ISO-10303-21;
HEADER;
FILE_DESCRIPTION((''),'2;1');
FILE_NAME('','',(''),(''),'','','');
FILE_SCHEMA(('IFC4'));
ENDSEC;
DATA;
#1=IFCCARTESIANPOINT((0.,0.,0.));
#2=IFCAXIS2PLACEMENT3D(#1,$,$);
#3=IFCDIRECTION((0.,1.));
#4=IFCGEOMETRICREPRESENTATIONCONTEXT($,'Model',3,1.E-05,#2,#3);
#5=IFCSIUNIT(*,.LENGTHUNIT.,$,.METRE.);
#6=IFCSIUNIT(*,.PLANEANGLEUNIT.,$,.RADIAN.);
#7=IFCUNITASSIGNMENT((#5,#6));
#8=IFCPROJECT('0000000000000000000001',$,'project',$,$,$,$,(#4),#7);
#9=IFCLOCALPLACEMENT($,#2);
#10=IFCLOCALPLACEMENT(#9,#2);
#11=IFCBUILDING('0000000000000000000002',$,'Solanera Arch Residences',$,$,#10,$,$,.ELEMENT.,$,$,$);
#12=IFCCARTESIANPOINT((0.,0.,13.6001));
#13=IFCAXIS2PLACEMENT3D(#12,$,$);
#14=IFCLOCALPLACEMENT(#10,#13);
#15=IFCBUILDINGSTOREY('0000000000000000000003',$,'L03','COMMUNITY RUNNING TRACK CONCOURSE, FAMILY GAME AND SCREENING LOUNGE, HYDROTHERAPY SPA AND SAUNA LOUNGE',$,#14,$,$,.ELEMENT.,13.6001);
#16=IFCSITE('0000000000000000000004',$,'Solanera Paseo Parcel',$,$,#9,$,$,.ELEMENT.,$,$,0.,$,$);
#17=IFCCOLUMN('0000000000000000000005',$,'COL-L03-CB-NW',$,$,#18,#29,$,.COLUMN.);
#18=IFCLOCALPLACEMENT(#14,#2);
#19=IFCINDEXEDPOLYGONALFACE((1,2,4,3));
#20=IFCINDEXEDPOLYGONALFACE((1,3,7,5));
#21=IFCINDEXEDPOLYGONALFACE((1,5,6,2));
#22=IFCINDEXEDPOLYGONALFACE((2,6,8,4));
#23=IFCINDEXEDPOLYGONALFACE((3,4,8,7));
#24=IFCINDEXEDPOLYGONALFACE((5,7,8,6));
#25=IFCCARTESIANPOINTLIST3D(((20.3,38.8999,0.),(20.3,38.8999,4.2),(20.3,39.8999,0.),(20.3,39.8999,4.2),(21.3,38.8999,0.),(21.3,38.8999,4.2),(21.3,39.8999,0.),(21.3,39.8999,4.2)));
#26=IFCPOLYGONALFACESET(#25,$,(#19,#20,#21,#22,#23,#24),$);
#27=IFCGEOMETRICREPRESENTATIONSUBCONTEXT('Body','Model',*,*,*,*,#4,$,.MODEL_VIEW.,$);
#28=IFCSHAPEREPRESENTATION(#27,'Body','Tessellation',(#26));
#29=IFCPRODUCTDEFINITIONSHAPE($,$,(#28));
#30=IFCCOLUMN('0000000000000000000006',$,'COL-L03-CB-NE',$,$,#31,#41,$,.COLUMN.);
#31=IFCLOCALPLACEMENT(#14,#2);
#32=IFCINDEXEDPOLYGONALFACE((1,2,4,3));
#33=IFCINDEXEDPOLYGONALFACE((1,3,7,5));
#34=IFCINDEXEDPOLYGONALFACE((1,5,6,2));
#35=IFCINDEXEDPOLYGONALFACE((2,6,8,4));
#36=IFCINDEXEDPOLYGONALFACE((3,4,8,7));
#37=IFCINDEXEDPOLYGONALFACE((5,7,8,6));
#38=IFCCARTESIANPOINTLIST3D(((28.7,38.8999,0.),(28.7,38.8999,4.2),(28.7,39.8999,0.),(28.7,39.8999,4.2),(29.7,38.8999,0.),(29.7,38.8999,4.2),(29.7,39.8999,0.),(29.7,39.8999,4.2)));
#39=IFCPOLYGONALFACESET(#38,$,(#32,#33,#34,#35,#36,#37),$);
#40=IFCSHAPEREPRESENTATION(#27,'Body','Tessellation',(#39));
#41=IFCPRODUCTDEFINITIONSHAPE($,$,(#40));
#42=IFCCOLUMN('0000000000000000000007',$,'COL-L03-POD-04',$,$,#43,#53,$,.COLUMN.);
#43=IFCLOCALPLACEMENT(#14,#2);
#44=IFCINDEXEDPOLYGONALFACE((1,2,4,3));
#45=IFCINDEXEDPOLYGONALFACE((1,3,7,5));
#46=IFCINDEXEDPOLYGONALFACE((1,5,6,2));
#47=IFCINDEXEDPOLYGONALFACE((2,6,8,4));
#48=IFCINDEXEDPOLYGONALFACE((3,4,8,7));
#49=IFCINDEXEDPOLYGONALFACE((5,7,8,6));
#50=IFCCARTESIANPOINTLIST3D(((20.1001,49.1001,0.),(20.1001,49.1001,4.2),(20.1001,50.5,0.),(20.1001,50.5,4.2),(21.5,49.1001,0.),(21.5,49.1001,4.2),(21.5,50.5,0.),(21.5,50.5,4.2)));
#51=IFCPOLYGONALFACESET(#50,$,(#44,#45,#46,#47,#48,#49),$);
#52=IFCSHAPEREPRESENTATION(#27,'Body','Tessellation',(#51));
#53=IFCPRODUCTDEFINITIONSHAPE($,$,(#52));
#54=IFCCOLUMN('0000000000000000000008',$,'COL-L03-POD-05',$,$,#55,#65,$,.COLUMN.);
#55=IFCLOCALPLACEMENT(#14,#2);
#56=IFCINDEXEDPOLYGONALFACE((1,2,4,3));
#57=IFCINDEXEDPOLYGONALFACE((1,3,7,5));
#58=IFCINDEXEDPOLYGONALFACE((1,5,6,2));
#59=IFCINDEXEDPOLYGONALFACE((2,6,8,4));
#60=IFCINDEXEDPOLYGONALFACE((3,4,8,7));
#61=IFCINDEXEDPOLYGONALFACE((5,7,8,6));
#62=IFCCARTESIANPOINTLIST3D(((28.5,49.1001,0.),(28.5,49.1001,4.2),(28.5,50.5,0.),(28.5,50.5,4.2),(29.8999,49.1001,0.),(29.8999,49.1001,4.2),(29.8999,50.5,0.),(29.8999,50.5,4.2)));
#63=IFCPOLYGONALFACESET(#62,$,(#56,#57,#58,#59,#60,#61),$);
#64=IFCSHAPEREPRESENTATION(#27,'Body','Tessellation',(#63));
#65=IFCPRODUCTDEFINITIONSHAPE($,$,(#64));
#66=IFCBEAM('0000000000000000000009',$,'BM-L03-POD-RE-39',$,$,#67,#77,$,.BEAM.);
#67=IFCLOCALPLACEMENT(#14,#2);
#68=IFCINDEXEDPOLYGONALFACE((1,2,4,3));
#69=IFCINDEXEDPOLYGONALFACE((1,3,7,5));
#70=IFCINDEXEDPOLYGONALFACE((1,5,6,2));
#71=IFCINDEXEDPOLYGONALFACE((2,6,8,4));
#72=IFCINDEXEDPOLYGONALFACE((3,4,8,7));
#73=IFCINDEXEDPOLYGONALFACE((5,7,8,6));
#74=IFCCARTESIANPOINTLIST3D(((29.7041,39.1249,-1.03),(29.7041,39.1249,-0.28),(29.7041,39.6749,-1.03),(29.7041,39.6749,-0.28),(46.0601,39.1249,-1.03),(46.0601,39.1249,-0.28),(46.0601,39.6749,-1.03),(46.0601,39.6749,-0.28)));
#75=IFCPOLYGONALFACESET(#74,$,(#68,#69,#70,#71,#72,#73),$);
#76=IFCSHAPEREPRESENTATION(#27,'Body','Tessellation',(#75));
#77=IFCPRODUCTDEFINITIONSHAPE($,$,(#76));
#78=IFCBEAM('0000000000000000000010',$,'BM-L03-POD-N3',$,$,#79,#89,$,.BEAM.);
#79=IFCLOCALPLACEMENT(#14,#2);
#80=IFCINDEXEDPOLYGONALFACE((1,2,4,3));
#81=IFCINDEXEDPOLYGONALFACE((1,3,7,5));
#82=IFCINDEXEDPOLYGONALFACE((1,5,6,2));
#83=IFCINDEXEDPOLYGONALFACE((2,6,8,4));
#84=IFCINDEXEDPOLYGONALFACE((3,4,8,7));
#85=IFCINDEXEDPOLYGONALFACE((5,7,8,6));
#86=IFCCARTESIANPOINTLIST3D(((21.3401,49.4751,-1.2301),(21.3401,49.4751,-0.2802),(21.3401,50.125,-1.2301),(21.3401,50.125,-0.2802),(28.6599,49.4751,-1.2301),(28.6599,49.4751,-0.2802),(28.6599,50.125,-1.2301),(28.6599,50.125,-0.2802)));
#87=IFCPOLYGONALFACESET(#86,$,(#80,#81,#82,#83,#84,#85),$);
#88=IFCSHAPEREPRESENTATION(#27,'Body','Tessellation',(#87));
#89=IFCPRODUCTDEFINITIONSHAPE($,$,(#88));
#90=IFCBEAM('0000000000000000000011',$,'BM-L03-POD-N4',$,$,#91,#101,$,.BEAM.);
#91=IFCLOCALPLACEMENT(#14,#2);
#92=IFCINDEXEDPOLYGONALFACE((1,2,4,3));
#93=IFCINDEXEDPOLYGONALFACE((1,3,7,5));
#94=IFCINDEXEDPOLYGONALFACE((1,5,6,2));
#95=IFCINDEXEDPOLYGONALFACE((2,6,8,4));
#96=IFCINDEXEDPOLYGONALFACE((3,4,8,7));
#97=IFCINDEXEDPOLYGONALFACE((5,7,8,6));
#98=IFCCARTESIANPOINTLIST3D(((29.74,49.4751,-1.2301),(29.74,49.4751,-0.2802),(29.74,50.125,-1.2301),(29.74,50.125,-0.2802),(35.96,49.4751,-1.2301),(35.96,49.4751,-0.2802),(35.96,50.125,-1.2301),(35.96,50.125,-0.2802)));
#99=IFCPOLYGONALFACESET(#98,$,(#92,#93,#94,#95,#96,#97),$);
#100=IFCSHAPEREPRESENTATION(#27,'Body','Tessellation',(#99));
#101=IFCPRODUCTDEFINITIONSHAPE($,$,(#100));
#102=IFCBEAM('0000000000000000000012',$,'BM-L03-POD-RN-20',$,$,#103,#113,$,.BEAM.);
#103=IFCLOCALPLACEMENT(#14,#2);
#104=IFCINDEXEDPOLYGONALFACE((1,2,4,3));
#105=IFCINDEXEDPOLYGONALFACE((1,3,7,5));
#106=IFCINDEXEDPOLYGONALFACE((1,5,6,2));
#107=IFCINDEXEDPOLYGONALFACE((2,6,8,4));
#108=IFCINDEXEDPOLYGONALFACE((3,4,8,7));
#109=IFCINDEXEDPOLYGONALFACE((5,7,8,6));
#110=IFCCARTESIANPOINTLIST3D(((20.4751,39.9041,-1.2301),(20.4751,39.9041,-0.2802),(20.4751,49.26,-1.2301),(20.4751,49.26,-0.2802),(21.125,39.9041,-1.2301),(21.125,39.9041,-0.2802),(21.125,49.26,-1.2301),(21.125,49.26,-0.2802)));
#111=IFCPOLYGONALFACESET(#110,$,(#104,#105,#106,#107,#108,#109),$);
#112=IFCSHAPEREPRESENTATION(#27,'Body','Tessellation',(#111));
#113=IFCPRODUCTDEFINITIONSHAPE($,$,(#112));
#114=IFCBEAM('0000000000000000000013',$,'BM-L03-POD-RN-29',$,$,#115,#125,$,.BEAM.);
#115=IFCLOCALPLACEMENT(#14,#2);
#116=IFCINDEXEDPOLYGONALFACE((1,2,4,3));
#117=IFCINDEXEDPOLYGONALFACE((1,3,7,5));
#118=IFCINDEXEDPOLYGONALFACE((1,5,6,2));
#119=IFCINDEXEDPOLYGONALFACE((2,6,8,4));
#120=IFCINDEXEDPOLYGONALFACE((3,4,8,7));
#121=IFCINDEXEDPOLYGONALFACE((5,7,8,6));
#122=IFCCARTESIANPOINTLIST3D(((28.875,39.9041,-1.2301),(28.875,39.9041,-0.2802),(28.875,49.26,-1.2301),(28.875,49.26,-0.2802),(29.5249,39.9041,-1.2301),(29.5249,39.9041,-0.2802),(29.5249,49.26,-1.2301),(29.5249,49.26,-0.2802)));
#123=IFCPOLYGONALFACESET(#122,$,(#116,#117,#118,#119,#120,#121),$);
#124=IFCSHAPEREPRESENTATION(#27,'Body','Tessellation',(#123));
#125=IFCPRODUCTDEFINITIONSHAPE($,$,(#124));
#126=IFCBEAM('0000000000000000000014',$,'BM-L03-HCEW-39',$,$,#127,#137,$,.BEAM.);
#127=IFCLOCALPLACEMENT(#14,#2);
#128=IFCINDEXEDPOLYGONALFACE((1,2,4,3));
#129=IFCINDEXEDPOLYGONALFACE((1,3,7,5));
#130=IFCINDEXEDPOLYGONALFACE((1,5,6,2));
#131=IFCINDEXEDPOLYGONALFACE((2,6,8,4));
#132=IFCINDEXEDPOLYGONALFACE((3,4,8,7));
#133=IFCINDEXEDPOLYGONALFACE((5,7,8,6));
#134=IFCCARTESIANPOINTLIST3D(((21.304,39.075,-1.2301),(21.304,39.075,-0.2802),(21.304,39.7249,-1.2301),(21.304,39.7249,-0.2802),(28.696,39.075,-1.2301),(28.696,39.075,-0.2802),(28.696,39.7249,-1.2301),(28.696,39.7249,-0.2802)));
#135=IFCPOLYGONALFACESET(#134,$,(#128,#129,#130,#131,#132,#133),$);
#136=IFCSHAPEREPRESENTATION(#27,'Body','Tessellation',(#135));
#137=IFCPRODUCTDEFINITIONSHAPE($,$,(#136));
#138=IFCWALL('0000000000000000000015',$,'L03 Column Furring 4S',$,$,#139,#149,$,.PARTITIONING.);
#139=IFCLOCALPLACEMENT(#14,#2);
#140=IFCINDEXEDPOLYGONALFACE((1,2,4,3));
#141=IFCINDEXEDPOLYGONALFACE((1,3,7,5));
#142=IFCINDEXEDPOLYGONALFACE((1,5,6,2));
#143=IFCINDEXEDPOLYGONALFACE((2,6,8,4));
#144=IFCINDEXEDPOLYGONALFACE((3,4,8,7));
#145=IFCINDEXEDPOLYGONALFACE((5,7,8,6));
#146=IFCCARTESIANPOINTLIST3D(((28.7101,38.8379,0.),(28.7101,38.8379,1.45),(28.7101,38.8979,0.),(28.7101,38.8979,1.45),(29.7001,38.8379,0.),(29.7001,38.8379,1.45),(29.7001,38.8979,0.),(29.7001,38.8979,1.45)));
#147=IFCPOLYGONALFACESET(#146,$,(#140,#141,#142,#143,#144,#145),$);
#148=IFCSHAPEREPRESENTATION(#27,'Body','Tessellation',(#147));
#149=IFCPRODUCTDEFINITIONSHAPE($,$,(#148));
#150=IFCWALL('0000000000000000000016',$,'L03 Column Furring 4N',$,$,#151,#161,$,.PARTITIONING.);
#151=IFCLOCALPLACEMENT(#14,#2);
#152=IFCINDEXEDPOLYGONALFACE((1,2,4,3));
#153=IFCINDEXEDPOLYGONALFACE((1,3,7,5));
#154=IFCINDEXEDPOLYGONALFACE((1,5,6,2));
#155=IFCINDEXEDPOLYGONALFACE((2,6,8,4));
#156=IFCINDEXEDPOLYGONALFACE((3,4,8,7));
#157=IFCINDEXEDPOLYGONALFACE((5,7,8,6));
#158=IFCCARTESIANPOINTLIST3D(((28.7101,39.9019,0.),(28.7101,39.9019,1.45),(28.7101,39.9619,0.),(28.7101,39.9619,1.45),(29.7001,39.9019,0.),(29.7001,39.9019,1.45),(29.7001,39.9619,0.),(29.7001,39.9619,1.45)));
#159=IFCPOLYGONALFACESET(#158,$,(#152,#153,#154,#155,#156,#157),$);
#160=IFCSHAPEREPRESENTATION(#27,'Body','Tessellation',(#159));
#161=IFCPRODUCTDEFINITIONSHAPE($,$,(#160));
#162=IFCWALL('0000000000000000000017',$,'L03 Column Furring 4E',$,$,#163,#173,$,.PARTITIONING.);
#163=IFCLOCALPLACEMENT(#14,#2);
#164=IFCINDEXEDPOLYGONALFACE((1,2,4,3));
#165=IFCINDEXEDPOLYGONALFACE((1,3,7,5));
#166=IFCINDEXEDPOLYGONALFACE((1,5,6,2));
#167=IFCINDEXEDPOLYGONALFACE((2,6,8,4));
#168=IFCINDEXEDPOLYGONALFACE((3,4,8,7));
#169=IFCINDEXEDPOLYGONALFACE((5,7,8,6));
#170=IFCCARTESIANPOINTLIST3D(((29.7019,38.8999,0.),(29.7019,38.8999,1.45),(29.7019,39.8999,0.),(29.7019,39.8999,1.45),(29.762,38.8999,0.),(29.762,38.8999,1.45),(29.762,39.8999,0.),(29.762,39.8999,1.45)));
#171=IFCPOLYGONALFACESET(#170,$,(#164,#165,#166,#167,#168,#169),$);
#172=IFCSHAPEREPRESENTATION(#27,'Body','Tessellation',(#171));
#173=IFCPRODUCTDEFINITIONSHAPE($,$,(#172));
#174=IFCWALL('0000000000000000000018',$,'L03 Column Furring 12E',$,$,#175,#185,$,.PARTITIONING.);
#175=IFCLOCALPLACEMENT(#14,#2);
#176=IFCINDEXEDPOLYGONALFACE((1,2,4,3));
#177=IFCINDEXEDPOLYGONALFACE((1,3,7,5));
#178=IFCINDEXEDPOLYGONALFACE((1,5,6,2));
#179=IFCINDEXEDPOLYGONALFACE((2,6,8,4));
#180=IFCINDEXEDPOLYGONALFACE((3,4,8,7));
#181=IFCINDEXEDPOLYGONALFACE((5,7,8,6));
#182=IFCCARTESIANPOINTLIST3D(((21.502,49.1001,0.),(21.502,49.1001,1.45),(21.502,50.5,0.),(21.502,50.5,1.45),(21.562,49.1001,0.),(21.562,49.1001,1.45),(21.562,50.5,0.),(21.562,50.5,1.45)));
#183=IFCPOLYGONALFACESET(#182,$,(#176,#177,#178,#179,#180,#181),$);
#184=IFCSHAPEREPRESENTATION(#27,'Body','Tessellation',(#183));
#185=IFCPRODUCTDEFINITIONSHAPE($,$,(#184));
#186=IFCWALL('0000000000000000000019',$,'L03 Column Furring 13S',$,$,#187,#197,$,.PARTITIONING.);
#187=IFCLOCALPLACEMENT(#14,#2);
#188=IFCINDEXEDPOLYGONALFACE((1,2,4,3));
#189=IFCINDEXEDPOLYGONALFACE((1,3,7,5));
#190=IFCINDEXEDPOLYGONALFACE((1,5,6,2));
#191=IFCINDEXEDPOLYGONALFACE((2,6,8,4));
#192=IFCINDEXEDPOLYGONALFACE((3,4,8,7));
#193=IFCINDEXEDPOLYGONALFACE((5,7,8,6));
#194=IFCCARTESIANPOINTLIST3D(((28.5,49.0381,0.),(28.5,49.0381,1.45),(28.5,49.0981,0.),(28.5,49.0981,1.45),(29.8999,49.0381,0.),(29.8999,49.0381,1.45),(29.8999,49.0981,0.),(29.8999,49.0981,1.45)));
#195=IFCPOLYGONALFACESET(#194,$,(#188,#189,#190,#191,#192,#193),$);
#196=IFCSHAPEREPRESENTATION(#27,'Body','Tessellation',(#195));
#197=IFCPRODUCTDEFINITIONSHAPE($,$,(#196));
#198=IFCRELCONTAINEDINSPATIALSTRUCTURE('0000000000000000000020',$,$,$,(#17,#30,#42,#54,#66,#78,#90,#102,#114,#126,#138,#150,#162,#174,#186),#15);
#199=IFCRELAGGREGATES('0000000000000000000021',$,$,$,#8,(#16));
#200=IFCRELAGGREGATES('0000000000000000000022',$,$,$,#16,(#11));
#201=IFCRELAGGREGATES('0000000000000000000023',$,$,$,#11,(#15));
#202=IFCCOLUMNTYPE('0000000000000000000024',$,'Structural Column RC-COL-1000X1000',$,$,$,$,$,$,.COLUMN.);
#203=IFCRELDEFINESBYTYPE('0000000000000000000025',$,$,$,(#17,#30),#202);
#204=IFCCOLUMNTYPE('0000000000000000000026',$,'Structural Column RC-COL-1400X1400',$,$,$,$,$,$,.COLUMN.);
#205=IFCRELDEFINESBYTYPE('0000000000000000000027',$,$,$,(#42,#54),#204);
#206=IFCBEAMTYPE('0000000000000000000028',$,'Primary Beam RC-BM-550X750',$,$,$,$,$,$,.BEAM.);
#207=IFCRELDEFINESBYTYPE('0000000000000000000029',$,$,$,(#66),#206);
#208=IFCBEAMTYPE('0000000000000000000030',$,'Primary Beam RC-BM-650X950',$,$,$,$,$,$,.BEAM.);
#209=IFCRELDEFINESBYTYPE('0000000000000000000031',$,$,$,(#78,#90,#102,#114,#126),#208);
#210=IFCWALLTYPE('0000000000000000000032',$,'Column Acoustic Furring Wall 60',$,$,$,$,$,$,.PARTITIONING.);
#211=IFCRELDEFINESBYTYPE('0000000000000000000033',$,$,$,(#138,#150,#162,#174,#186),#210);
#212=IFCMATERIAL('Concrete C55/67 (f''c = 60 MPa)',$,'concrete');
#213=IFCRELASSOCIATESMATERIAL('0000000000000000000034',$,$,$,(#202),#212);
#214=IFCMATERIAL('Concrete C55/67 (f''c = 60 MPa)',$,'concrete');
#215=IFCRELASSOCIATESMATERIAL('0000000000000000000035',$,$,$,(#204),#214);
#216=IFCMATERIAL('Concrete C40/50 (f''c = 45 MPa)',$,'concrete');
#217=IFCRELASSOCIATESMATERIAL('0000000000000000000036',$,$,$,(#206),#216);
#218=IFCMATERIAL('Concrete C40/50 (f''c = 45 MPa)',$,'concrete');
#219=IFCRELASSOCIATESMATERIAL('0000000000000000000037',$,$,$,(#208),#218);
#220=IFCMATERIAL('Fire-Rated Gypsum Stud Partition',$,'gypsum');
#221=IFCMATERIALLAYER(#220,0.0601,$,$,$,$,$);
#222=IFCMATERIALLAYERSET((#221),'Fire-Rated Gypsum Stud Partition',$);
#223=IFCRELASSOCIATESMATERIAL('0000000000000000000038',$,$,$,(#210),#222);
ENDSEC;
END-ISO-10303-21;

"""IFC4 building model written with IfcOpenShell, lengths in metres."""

from ifc_helpers import new_model, si_unit, direction, frame, frame_2d, origin, origin_2d, place, context, subcontext, project, spatial, rectangle, extrude, material, layer, layer_set, material_profile, profile_set, type_object, element, save


model = new_model("IFC4")

# Units and contexts
model_context = context("Model", 3, precision=1e-05, world=origin(), true_north=direction((0.0, 1.0)))
body_context = subcontext(model_context, "Body", "Model", "MODEL_VIEW")
ifc_project = project(units=[si_unit("LENGTHUNIT", "METRE"), si_unit("PLANEANGLEUNIT", "RADIAN")], contexts=[model_context])

# Site, building, storey
site_placement = place(None, origin())
site = spatial("IfcSite", under=ifc_project, at=site_placement, Name="Solanera Paseo Parcel", CompositionType="ELEMENT", RefElevation=0.0)
building_placement = place(site_placement, origin())
building = spatial("IfcBuilding", under=site, at=building_placement, Name="Solanera Arch Residences", CompositionType="ELEMENT")
storey_placement = place(building_placement, frame((0.0, 0.0, 13.6001)))
storey = spatial("IfcBuildingStorey", under=building, at=storey_placement, Name="L03", Description="COMMUNITY RUNNING TRACK CONCOURSE, FAMILY GAME AND SCREENING LOUNGE, HYDROTHERAPY SPA AND SAUNA LOUNGE", CompositionType="ELEMENT", Elevation=13.6001)

# Columns
ifc_material_1 = material(Name="Concrete C55/67 (f'c = 60 MPa)", Category="concrete")
ifc_material_profile_1 = material_profile(ifc_material_1, rectangle(XDim=1.0, YDim=1.0, at=origin_2d()))
ifc_profile_set_1 = profile_set([ifc_material_profile_1], Name="Concrete C55/67 (f'c = 60 MPa)")
column_type_1 = type_object("IfcColumnType", Name="Structural Column RC-COL-1000X1000", PredefinedType="COLUMN", material=ifc_profile_set_1)
for number, where, z_axis, x_axis, name in (
    (1, (20.8, 39.3999, 0.0), (0.0, 0.0, 1.0), (1.0, 0.0, 0.0), "COL-L03-CB-NW"),
    (2, (29.2, 39.3999, 0.0), (0.0, 0.0, 1.0), (1.0, 0.0, 0.0), "COL-L03-CB-NE"),
):
    element("IfcColumn", number, at=place(storey_placement, frame(where, z_axis=z_axis, x_axis=x_axis)), inside=storey, type_object=column_type_1, Name=name, PredefinedType="COLUMN", context=body_context, shape_type="SweptSolid", body=[
        extrude(rectangle(XDim=1.0, YDim=1.0, at=origin_2d()), origin(), (0.0, 0.0, 1.0), 4.2),
    ])
ifc_material_2 = material(Name="Concrete C55/67 (f'c = 60 MPa)", Category="concrete")
ifc_material_profile_2 = material_profile(ifc_material_2, rectangle(XDim=1.3999, YDim=1.3999, at=origin_2d()))
ifc_profile_set_2 = profile_set([ifc_material_profile_2], Name="Concrete C55/67 (f'c = 60 MPa)")
column_type_2 = type_object("IfcColumnType", Name="Structural Column RC-COL-1400X1400", PredefinedType="COLUMN", material=ifc_profile_set_2)
for number, where, z_axis, x_axis, name in (
    (3, (20.8, 49.8, 0.0), (0.0, 0.0, 1.0), (1.0, 0.0, 0.0), "COL-L03-POD-04"),
    (4, (29.2, 49.8, 0.0), (0.0, 0.0, 1.0), (1.0, 0.0, 0.0), "COL-L03-POD-05"),
):
    element("IfcColumn", number, at=place(storey_placement, frame(where, z_axis=z_axis, x_axis=x_axis)), inside=storey, type_object=column_type_2, Name=name, PredefinedType="COLUMN", context=body_context, shape_type="SweptSolid", body=[
        extrude(rectangle(XDim=1.3999, YDim=1.3999, at=origin_2d()), origin(), (0.0, 0.0, 1.0), 4.2),
    ])

# Beams
ifc_material_3 = material(Name="Concrete C40/50 (f'c = 45 MPa)", Category="concrete")
ifc_material_profile_3 = material_profile(ifc_material_3, rectangle(XDim=0.55, YDim=0.75, at=origin_2d()))
ifc_profile_set_3 = profile_set([ifc_material_profile_3], Name="Concrete C40/50 (f'c = 45 MPa)")
beam_type_1 = type_object("IfcBeamType", Name="Primary Beam RC-BM-550X750", PredefinedType="BEAM", material=ifc_profile_set_3)
beam_1_placement = place(storey_placement, frame((29.7041, 39.3999, -0.655), z_axis=(1.0, 0.0, 0.0), x_axis=(0.0, 1.0, 0.0)))
element("IfcBeam", 5, at=beam_1_placement, inside=storey, type_object=beam_type_1, Name="BM-L03-POD-RE-39", PredefinedType="BEAM", context=body_context, shape_type="SweptSolid", body=[
    extrude(rectangle(XDim=0.55, YDim=0.75, at=origin_2d()), origin(), (0.0, 0.0, 1.0), 16.356),
])
ifc_material_4 = material(Name="Concrete C40/50 (f'c = 45 MPa)", Category="concrete")
ifc_material_profile_4 = material_profile(ifc_material_4, rectangle(XDim=0.6499, YDim=0.95, at=origin_2d()))
ifc_profile_set_4 = profile_set([ifc_material_profile_4], Name="Concrete C40/50 (f'c = 45 MPa)")
beam_type_2 = type_object("IfcBeamType", Name="Primary Beam RC-BM-650X950", PredefinedType="BEAM", material=ifc_profile_set_4)
beam_2_placement = place(storey_placement, frame((21.3401, 49.8, -0.7551), z_axis=(1.0, 0.0, 0.0), x_axis=(0.0, 1.0, 0.0)))
element("IfcBeam", 6, at=beam_2_placement, inside=storey, type_object=beam_type_2, Name="BM-L03-POD-N3", PredefinedType="BEAM", context=body_context, shape_type="SweptSolid", body=[
    extrude(rectangle(XDim=0.6499, YDim=0.95, at=origin_2d()), origin(), (0.0, 0.0, 1.0), 7.3198),
])
beam_3_placement = place(storey_placement, frame((29.74, 49.8, -0.7551), z_axis=(1.0, 0.0, 0.0), x_axis=(0.0, 1.0, 0.0)))
element("IfcBeam", 7, at=beam_3_placement, inside=storey, type_object=beam_type_2, Name="BM-L03-POD-N4", PredefinedType="BEAM", context=body_context, shape_type="SweptSolid", body=[
    extrude(rectangle(XDim=0.6499, YDim=0.95, at=origin_2d()), origin(), (0.0, 0.0, 1.0), 6.22),
])
for number, where, z_axis, x_axis, name in (
    (8, (20.8, 39.9041, -0.7551), (0.0, 1.0, 0.0), (-1.0, 0.0, 0.0), "BM-L03-POD-RN-20"),
    (9, (29.2, 39.9041, -0.7551), (0.0, 1.0, 0.0), (-1.0, 0.0, 0.0), "BM-L03-POD-RN-29"),
):
    element("IfcBeam", number, at=place(storey_placement, frame(where, z_axis=z_axis, x_axis=x_axis)), inside=storey, type_object=beam_type_2, Name=name, PredefinedType="BEAM", context=body_context, shape_type="SweptSolid", body=[
        extrude(rectangle(XDim=0.6499, YDim=0.95, at=origin_2d()), origin(), (0.0, 0.0, 1.0), 9.356),
    ])
beam_4_placement = place(storey_placement, frame((21.304, 39.3999, -0.7551), z_axis=(1.0, 0.0, 0.0), x_axis=(0.0, 1.0, 0.0)))
element("IfcBeam", 10, at=beam_4_placement, inside=storey, type_object=beam_type_2, Name="BM-L03-HCEW-39", PredefinedType="BEAM", context=body_context, shape_type="SweptSolid", body=[
    extrude(rectangle(XDim=0.6499, YDim=0.95, at=origin_2d()), origin(), (0.0, 0.0, 1.0), 7.3921),
])

# Walls
ifc_material_5 = material(Name="Fire-Rated Gypsum Stud Partition", Category="gypsum")
ifc_layer_1 = layer(ifc_material_5, 0.0601)
ifc_layer_set_1 = layer_set([ifc_layer_1], Name="Fire-Rated Gypsum Stud Partition")
wall_type_1 = type_object("IfcWallType", Name="Column Acoustic Furring Wall 60", PredefinedType="PARTITIONING", material=ifc_layer_set_1)
for number, where, z_axis, x_axis, name in (
    (11, (28.71, 38.8679, 0.0), (0.0, 0.0, 1.0), (1.0, 0.0, 0.0), "L03 Column Furring 4S"),
    (12, (28.71, 39.9319, 0.0), (0.0, 0.0, 1.0), (1.0, 0.0, 0.0), "L03 Column Furring 4N"),
):
    element("IfcWall", number, at=place(storey_placement, frame(where, z_axis=z_axis, x_axis=x_axis)), inside=storey, type_object=wall_type_1, Name=name, PredefinedType="PARTITIONING", context=body_context, shape_type="SweptSolid", body=[
        extrude(rectangle(XDim=0.99, YDim=0.0601, at=frame_2d((0.4951, 0.0))), origin(), (0.0, 0.0, 1.0), 1.45),
    ])
wall_1_placement = place(storey_placement, frame((29.7319, 38.8999, 0.0), z_axis=(0.0, 0.0, 1.0), x_axis=(0.0, 1.0, 0.0)))
element("IfcWall", 13, at=wall_1_placement, inside=storey, type_object=wall_type_1, Name="L03 Column Furring 4E", PredefinedType="PARTITIONING", context=body_context, shape_type="SweptSolid", body=[
    extrude(rectangle(XDim=1.0, YDim=0.0601, at=frame_2d((0.5, 0.0))), origin(), (0.0, 0.0, 1.0), 1.45),
])
for number, where, z_axis, x_axis, name in (
    (14, (21.532, 49.1001, 0.0), (0.0, 0.0, 1.0), (0.0, 1.0, 0.0), "L03 Column Furring 12E"),
    (15, (28.5, 49.0681, 0.0), (0.0, 0.0, 1.0), (1.0, 0.0, 0.0), "L03 Column Furring 13S"),
):
    element("IfcWall", number, at=place(storey_placement, frame(where, z_axis=z_axis, x_axis=x_axis)), inside=storey, type_object=wall_type_1, Name=name, PredefinedType="PARTITIONING", context=body_context, shape_type="SweptSolid", body=[
        extrude(rectangle(XDim=1.3999, YDim=0.0601, at=frame_2d((0.7, 0.0))), origin(), (0.0, 0.0, 1.0), 1.45),
    ])

save(model, "model.ifc")
